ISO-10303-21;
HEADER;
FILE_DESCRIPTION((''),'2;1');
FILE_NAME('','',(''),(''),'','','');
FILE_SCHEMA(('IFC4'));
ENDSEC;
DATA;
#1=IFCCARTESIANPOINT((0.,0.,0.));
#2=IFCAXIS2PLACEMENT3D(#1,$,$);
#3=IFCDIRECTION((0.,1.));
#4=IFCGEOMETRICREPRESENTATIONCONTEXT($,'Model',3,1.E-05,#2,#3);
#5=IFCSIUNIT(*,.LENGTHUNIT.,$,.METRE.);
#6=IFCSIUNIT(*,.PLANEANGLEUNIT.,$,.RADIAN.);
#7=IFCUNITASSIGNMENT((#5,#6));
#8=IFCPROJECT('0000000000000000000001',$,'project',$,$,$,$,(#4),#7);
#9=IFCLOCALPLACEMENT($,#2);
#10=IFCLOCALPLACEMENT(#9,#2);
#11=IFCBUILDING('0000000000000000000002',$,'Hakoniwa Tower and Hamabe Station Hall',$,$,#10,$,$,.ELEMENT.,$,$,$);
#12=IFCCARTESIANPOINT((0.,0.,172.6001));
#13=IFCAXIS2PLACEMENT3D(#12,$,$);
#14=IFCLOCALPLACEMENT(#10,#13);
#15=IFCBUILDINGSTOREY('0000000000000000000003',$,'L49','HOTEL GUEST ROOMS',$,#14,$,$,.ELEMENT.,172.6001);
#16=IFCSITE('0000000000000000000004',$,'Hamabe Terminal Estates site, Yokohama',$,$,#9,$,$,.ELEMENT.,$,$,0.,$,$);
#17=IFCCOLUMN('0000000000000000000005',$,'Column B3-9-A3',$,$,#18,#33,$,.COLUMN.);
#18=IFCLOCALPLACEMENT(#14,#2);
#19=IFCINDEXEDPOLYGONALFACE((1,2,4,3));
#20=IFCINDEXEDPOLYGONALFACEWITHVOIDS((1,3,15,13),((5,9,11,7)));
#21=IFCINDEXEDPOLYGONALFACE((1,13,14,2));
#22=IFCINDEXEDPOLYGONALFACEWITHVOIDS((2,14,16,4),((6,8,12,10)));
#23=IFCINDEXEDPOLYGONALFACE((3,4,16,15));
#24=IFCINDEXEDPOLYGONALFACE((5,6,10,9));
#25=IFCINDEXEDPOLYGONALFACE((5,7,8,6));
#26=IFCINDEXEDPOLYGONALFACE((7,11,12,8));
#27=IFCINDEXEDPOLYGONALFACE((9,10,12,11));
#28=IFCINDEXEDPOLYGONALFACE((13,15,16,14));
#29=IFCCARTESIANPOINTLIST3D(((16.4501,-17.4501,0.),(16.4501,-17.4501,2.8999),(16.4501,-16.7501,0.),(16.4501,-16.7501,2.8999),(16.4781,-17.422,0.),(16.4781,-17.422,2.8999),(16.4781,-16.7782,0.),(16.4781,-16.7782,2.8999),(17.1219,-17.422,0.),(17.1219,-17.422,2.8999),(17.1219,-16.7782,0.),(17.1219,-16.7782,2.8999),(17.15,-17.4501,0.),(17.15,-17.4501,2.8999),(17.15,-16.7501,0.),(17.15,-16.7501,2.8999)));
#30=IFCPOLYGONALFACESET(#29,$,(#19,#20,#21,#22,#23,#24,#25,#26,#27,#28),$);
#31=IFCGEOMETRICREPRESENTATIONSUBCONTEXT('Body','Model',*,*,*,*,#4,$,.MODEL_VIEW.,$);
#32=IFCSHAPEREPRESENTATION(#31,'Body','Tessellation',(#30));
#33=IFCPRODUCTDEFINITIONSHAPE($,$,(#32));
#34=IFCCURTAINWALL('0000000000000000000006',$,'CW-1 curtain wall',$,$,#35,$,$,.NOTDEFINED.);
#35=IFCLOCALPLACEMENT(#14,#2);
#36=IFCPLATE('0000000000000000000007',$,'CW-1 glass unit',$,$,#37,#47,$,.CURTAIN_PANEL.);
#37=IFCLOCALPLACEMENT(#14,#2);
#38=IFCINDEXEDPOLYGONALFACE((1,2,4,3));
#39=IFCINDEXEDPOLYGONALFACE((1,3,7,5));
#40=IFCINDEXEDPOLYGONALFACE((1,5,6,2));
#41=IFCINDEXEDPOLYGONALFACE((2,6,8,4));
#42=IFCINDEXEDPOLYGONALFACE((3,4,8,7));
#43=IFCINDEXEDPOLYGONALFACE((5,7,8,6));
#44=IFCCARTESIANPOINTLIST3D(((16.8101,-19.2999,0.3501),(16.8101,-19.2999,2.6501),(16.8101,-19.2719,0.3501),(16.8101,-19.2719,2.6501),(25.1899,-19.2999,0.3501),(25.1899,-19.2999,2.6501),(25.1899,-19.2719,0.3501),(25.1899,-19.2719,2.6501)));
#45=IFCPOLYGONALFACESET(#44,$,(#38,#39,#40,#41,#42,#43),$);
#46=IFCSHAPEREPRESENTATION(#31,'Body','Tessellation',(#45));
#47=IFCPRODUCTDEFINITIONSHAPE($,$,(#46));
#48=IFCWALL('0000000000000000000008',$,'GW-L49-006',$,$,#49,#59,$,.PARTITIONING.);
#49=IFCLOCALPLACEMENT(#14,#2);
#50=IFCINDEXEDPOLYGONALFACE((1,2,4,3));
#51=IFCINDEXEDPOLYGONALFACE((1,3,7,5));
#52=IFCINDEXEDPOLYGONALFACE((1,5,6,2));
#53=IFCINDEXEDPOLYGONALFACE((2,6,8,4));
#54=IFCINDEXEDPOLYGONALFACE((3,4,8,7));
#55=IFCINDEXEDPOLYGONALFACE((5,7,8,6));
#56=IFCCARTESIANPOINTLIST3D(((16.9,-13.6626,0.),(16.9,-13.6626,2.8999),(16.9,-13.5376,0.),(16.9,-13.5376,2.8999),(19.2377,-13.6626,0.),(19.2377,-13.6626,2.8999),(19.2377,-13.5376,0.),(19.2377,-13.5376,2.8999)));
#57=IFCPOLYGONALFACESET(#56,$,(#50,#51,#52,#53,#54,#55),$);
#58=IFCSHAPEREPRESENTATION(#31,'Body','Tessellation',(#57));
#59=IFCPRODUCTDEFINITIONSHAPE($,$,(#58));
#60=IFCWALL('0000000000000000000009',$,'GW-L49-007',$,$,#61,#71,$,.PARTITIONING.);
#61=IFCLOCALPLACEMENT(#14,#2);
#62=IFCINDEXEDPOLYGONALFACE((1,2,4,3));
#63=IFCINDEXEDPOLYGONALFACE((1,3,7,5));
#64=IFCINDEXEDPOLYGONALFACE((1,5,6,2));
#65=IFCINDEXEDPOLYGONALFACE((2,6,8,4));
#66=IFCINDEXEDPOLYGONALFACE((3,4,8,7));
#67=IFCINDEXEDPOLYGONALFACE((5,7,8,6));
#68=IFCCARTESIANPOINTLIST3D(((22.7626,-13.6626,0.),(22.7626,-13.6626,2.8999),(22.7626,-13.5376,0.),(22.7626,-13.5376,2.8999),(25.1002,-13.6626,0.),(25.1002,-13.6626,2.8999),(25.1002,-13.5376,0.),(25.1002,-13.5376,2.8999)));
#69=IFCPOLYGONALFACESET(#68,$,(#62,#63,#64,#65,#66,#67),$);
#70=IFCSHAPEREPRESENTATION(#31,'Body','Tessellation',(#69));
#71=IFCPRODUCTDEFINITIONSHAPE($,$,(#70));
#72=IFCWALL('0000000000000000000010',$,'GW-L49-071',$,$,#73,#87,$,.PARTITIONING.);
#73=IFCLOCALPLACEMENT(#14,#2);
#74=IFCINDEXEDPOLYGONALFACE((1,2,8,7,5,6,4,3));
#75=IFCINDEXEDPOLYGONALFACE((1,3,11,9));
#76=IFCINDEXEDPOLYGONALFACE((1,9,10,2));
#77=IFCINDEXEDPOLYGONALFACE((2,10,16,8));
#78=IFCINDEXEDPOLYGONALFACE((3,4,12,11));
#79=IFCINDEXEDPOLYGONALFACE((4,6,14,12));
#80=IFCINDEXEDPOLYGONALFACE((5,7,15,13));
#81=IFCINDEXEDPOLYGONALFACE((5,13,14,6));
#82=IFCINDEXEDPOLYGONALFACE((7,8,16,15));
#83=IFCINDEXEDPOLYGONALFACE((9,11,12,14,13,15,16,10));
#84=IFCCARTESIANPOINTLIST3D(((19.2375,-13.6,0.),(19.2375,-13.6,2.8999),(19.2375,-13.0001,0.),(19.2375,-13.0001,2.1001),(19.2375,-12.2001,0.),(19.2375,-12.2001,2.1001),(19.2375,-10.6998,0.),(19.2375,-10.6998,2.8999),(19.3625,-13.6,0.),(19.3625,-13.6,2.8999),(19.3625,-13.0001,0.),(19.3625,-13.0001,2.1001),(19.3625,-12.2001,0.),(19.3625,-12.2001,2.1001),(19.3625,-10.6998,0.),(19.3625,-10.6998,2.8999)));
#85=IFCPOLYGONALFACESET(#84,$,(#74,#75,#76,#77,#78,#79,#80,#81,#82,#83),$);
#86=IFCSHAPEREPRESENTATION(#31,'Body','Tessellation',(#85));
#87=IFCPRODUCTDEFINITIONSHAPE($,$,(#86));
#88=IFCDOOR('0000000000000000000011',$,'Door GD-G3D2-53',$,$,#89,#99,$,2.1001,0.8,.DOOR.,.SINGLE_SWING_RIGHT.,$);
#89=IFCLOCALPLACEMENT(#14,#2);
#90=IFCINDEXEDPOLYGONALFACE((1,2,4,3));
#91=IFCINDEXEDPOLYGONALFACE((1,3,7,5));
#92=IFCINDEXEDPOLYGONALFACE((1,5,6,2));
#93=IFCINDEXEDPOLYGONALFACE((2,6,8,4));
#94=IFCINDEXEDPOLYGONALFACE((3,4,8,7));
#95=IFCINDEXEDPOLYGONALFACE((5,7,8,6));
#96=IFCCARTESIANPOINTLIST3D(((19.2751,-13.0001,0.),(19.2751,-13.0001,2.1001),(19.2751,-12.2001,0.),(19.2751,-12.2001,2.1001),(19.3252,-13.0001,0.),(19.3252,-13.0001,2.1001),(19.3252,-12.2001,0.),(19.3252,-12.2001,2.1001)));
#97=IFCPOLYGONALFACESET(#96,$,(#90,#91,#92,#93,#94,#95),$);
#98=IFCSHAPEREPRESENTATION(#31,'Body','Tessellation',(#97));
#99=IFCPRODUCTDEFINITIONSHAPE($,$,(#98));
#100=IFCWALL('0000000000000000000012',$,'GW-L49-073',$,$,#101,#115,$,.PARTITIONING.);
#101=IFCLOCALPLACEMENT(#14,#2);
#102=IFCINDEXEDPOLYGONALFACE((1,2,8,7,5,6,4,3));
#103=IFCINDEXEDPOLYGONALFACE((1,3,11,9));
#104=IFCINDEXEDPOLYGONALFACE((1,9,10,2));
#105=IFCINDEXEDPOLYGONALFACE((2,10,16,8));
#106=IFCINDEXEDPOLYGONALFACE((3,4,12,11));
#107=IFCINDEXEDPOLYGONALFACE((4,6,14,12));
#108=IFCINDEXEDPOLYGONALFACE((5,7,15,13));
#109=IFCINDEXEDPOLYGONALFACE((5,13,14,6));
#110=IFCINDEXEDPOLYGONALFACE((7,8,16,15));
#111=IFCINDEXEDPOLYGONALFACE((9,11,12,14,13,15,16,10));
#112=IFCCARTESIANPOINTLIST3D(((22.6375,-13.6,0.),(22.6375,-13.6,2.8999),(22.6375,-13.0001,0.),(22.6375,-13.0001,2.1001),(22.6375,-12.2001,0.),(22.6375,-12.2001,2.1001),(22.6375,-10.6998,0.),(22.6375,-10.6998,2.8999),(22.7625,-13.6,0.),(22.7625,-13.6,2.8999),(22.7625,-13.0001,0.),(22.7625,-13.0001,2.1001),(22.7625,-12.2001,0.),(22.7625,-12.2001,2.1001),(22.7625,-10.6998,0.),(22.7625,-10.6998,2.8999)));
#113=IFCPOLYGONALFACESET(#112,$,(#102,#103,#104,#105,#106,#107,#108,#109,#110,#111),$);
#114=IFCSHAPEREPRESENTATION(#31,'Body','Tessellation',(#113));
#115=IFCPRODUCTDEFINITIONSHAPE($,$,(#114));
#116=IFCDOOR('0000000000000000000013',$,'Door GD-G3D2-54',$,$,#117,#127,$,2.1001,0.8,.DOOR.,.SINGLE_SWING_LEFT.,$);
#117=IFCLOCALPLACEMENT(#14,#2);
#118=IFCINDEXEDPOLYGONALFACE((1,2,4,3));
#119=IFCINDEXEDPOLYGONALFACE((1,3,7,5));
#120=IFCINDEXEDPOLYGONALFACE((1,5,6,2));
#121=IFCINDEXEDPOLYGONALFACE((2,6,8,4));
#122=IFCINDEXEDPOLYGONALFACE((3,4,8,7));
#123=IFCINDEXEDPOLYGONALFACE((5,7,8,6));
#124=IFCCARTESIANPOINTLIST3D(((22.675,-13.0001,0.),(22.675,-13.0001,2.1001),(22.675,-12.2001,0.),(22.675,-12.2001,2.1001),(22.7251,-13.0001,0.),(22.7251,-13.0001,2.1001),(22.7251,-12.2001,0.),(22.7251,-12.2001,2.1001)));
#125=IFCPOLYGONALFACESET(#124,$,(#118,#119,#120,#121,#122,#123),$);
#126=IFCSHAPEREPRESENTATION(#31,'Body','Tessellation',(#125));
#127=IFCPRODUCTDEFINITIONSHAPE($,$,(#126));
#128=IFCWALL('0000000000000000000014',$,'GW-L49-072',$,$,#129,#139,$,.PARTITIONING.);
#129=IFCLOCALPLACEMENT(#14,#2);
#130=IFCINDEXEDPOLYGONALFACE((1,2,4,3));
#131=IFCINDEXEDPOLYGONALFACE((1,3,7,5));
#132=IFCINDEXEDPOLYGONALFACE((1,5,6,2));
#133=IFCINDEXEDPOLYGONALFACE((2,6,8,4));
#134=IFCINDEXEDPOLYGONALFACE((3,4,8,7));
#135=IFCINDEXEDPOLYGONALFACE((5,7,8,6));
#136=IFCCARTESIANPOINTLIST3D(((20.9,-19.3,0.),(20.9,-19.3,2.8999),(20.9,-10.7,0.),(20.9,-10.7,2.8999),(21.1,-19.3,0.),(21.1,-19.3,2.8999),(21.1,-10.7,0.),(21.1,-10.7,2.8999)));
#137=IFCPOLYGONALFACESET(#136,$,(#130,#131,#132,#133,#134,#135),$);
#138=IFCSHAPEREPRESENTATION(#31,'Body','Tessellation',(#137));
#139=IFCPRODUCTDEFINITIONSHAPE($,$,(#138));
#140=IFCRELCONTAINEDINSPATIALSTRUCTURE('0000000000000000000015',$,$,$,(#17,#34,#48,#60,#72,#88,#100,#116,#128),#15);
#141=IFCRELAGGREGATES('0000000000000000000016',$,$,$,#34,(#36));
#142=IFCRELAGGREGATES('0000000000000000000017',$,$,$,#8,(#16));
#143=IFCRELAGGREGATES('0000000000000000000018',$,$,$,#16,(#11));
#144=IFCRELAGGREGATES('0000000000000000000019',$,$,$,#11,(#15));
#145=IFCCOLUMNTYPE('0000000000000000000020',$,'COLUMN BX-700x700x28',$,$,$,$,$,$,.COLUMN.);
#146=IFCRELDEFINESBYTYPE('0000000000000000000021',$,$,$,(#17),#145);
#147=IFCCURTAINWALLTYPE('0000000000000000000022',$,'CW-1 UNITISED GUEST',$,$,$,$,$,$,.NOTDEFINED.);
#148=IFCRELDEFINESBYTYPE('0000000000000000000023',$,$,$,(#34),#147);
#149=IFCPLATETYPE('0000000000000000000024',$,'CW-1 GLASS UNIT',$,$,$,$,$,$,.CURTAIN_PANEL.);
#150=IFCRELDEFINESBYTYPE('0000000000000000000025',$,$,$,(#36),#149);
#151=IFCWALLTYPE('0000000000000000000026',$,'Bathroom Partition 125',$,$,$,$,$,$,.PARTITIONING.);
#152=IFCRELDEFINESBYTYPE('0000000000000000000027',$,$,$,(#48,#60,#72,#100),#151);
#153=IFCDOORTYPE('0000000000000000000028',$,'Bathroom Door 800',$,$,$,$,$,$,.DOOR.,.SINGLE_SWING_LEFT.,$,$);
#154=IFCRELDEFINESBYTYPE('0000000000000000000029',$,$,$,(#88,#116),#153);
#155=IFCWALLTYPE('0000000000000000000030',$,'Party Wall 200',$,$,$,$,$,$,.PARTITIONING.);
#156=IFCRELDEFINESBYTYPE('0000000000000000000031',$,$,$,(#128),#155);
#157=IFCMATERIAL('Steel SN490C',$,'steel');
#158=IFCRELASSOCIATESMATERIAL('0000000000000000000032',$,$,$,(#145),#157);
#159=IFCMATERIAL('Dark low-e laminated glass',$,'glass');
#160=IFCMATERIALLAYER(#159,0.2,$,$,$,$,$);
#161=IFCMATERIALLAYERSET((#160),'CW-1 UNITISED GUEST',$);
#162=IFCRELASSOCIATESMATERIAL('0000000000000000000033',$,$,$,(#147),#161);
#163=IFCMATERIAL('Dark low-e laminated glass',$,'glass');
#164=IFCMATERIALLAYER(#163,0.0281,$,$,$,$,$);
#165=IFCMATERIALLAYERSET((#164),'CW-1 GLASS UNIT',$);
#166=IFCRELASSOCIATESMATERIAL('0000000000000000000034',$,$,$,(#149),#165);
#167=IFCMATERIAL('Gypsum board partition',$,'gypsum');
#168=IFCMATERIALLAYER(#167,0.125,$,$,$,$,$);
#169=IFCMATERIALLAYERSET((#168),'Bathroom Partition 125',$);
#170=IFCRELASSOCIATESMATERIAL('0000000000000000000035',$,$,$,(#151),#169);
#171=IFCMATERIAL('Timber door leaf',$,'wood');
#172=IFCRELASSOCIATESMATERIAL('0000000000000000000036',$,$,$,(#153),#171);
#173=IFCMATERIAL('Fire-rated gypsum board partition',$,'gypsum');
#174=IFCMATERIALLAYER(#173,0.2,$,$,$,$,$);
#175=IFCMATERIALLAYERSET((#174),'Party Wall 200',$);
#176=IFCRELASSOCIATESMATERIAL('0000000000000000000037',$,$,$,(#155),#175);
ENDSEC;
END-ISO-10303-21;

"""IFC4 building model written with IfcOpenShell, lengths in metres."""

from ifc_helpers import new_model, si_unit, direction, frame, frame_2d, origin, origin_2d, place, context, subcontext, project, spatial, rectangle, hollow_rectangle, extrude, material, layer, layer_set, material_profile, profile_set, type_object, element, fill, aggregate, save


model = new_model("IFC4")

# Units and contexts
model_context = context("Model", 3, precision=1e-05, world=origin(), true_north=direction((0.0, 1.0)))
body_context = subcontext(model_context, "Body", "Model", "MODEL_VIEW")
ifc_project = project(units=[si_unit("LENGTHUNIT", "METRE"), si_unit("PLANEANGLEUNIT", "RADIAN")], contexts=[model_context])

# Site, building, storey
site_placement = place(None, origin())
site = spatial("IfcSite", under=ifc_project, at=site_placement, Name="Hamabe Terminal Estates site, Yokohama", CompositionType="ELEMENT", RefElevation=0.0)
building_placement = place(site_placement, origin())
building = spatial("IfcBuilding", under=site, at=building_placement, Name="Hakoniwa Tower and Hamabe Station Hall", CompositionType="ELEMENT")
storey_placement = place(building_placement, frame((0.0, 0.0, 172.6001)))
storey = spatial("IfcBuildingStorey", under=building, at=storey_placement, Name="L49", Description="HOTEL GUEST ROOMS", CompositionType="ELEMENT", Elevation=172.6001)

# Column
ifc_material_1 = material(Name="Steel SN490C", Category="steel")
ifc_material_profile = material_profile(ifc_material_1, hollow_rectangle(XDim=0.7, YDim=0.7, WallThickness=0.0281, at=origin_2d()), Name="BX-700x700x28")
ifc_profile_set = profile_set([ifc_material_profile], Name="Steel SN490C")
column_type = type_object("IfcColumnType", Name="COLUMN BX-700x700x28", PredefinedType="COLUMN", material=ifc_profile_set)
column_placement = place(storey_placement, frame((16.8, -17.1001, 0.0), z_axis=(0.0, 0.0, 1.0), x_axis=(1.0, 0.0, 0.0)))
element("IfcColumn", 1, at=column_placement, inside=storey, type_object=column_type, Name="Column B3-9-A3", PredefinedType="COLUMN", context=body_context, shape_type="SweptSolid", body=[
    extrude(hollow_rectangle(XDim=0.7, YDim=0.7, WallThickness=0.0281, at=origin_2d()), origin(), (0.0, 0.0, 1.0), 2.8999),
])

# Curtain wall, plate
ifc_material_2 = material(Name="Dark low-e laminated glass", Category="glass")
ifc_layer_1 = layer(ifc_material_2, 0.2)
ifc_layer_set_1 = layer_set([ifc_layer_1], Name="CW-1 UNITISED GUEST")
curtain_wall_type = type_object("IfcCurtainWallType", Name="CW-1 UNITISED GUEST", PredefinedType="NOTDEFINED", material=ifc_layer_set_1)
curtain_wall_placement = place(storey_placement, origin())
curtain_wall = element("IfcCurtainWall", 2, at=curtain_wall_placement, inside=storey, type_object=curtain_wall_type, Name="CW-1 curtain wall", PredefinedType="NOTDEFINED")
ifc_material_3 = material(Name="Dark low-e laminated glass", Category="glass")
ifc_layer_2 = layer(ifc_material_3, 0.0281)
ifc_layer_set_2 = layer_set([ifc_layer_2], Name="CW-1 GLASS UNIT")
plate_type = type_object("IfcPlateType", Name="CW-1 GLASS UNIT", PredefinedType="CURTAIN_PANEL", material=ifc_layer_set_2)
plate_placement = place(storey_placement, frame((21.0, -19.2859, 0.3501), z_axis=(0.0, 0.0, 1.0), x_axis=(1.0, 0.0, 0.0)))
plate = element("IfcPlate", 3, at=plate_placement, type_object=plate_type, Name="CW-1 glass unit", PredefinedType="CURTAIN_PANEL", context=body_context, shape_type="SweptSolid", body=[
    extrude(rectangle(XDim=8.3799, YDim=0.0281, at=origin_2d()), origin(), (0.0, 0.0, 1.0), 2.3),
])
aggregate(curtain_wall, [plate])

# Walls
ifc_material_4 = material(Name="Gypsum board partition", Category="gypsum")
ifc_layer_3 = layer(ifc_material_4, 0.125)
ifc_layer_set_3 = layer_set([ifc_layer_3], Name="Bathroom Partition 125")
wall_type_1 = type_object("IfcWallType", Name="Bathroom Partition 125", PredefinedType="PARTITIONING", material=ifc_layer_set_3)
for number, where, z_axis, x_axis, name in (
    (4, (16.8999, -13.6001, 0.0), (0.0, 0.0, 1.0), (1.0, 0.0, 0.0), "GW-L49-006"),
    (5, (22.7625, -13.6001, 0.0), (0.0, 0.0, 1.0), (1.0, 0.0, 0.0), "GW-L49-007"),
):
    element("IfcWall", number, at=place(storey_placement, frame(where, z_axis=z_axis, x_axis=x_axis)), inside=storey, type_object=wall_type_1, Name=name, PredefinedType="PARTITIONING", context=body_context, shape_type="SweptSolid", body=[
        extrude(rectangle(XDim=2.3376, YDim=0.125, at=frame_2d((1.1689, 0.0))), origin(), (0.0, 0.0, 1.0), 2.8999),
    ])

# Walls, openings, doors
wall_1_placement = place(storey_placement, frame((19.3, -13.6001, 0.0), z_axis=(0.0, 0.0, 1.0), x_axis=(0.0, 1.0, 0.0)))
wall_1 = element("IfcWall", 6, at=wall_1_placement, inside=storey, type_object=wall_type_1, Name="GW-L49-071", PredefinedType="PARTITIONING", context=body_context, shape_type="SweptSolid", body=[
    extrude(rectangle(XDim=2.9001, YDim=0.125, at=frame_2d((1.4502, 0.0))), origin(), (0.0, 0.0, 1.0), 2.8999),
])
opening_1_placement = place(wall_1_placement, frame((0.6001, 0.0, 0.0)))
opening_1 = element("IfcOpeningElement", 7, at=opening_1_placement, cuts=wall_1, PredefinedType="OPENING", context=body_context, shape_type="SweptSolid", body=[
    extrude(rectangle(XDim=0.8, YDim=2.1001, at=frame_2d((0.3999, 1.05))), frame((0.0, 0.0725, 0.0), z_axis=(0.0, -1.0, 0.0), x_axis=(1.0, 0.0, 0.0)), (0.0, 0.0, 1.0), 0.145),
])
ifc_material_5 = material(Name="Timber door leaf", Category="wood")
door_type = type_object("IfcDoorType", Name="Bathroom Door 800", OperationType="SINGLE_SWING_LEFT", PredefinedType="DOOR", material=ifc_material_5)
door_1_placement = place(opening_1_placement, origin())
door_1 = element("IfcDoor", 8, at=door_1_placement, inside=storey, type_object=door_type, Name="Door GD-G3D2-53", OperationType="SINGLE_SWING_RIGHT", OverallHeight=2.1001, OverallWidth=0.8, PredefinedType="DOOR", context=body_context, shape_type="SweptSolid", body=[
    extrude(rectangle(XDim=0.8, YDim=2.1001, at=frame_2d((0.3999, 1.05))), frame((0.0, 0.0249, 0.0), z_axis=(0.0, -1.0, 0.0), x_axis=(1.0, 0.0, 0.0)), (0.0, 0.0, 1.0), 0.05),
])
fill(opening_1, door_1)
wall_2_placement = place(storey_placement, frame((22.7, -13.6001, 0.0), z_axis=(0.0, 0.0, 1.0), x_axis=(0.0, 1.0, 0.0)))
wall_2 = element("IfcWall", 9, at=wall_2_placement, inside=storey, type_object=wall_type_1, Name="GW-L49-073", PredefinedType="PARTITIONING", context=body_context, shape_type="SweptSolid", body=[
    extrude(rectangle(XDim=2.9001, YDim=0.125, at=frame_2d((1.4502, 0.0))), origin(), (0.0, 0.0, 1.0), 2.8999),
])
opening_2_placement = place(wall_2_placement, frame((0.6001, 0.0, 0.0)))
opening_2 = element("IfcOpeningElement", 10, at=opening_2_placement, cuts=wall_2, PredefinedType="OPENING", context=body_context, shape_type="SweptSolid", body=[
    extrude(rectangle(XDim=0.8, YDim=2.1001, at=frame_2d((0.3999, 1.05))), frame((0.0, 0.0725, 0.0), z_axis=(0.0, -1.0, 0.0), x_axis=(1.0, 0.0, 0.0)), (0.0, 0.0, 1.0), 0.145),
])
door_2_placement = place(opening_2_placement, origin())
door_2 = element("IfcDoor", 11, at=door_2_placement, inside=storey, type_object=door_type, Name="Door GD-G3D2-54", OperationType="SINGLE_SWING_LEFT", OverallHeight=2.1001, OverallWidth=0.8, PredefinedType="DOOR", context=body_context, shape_type="SweptSolid", body=[
    extrude(rectangle(XDim=0.8, YDim=2.1001, at=frame_2d((0.3999, 1.05))), frame((0.0, 0.0249, 0.0), z_axis=(0.0, -1.0, 0.0), x_axis=(1.0, 0.0, 0.0)), (0.0, 0.0, 1.0), 0.05),
])
fill(opening_2, door_2)

# Wall
ifc_material_6 = material(Name="Fire-rated gypsum board partition", Category="gypsum")
ifc_layer_4 = layer(ifc_material_6, 0.2)
ifc_layer_set_4 = layer_set([ifc_layer_4], Name="Party Wall 200")
wall_type_2 = type_object("IfcWallType", Name="Party Wall 200", PredefinedType="PARTITIONING", material=ifc_layer_set_4)
wall_3_placement = place(storey_placement, frame((21.0, -19.3, 0.0), z_axis=(0.0, 0.0, 1.0), x_axis=(0.0, 1.0, 0.0)))
element("IfcWall", 12, at=wall_3_placement, inside=storey, type_object=wall_type_2, Name="GW-L49-072", PredefinedType="PARTITIONING", context=body_context, shape_type="SweptSolid", body=[
    extrude(rectangle(XDim=8.6001, YDim=0.2, at=frame_2d((4.3, 0.0))), origin(), (0.0, 0.0, 1.0), 2.8999),
])

save(model, "model.ifc")
